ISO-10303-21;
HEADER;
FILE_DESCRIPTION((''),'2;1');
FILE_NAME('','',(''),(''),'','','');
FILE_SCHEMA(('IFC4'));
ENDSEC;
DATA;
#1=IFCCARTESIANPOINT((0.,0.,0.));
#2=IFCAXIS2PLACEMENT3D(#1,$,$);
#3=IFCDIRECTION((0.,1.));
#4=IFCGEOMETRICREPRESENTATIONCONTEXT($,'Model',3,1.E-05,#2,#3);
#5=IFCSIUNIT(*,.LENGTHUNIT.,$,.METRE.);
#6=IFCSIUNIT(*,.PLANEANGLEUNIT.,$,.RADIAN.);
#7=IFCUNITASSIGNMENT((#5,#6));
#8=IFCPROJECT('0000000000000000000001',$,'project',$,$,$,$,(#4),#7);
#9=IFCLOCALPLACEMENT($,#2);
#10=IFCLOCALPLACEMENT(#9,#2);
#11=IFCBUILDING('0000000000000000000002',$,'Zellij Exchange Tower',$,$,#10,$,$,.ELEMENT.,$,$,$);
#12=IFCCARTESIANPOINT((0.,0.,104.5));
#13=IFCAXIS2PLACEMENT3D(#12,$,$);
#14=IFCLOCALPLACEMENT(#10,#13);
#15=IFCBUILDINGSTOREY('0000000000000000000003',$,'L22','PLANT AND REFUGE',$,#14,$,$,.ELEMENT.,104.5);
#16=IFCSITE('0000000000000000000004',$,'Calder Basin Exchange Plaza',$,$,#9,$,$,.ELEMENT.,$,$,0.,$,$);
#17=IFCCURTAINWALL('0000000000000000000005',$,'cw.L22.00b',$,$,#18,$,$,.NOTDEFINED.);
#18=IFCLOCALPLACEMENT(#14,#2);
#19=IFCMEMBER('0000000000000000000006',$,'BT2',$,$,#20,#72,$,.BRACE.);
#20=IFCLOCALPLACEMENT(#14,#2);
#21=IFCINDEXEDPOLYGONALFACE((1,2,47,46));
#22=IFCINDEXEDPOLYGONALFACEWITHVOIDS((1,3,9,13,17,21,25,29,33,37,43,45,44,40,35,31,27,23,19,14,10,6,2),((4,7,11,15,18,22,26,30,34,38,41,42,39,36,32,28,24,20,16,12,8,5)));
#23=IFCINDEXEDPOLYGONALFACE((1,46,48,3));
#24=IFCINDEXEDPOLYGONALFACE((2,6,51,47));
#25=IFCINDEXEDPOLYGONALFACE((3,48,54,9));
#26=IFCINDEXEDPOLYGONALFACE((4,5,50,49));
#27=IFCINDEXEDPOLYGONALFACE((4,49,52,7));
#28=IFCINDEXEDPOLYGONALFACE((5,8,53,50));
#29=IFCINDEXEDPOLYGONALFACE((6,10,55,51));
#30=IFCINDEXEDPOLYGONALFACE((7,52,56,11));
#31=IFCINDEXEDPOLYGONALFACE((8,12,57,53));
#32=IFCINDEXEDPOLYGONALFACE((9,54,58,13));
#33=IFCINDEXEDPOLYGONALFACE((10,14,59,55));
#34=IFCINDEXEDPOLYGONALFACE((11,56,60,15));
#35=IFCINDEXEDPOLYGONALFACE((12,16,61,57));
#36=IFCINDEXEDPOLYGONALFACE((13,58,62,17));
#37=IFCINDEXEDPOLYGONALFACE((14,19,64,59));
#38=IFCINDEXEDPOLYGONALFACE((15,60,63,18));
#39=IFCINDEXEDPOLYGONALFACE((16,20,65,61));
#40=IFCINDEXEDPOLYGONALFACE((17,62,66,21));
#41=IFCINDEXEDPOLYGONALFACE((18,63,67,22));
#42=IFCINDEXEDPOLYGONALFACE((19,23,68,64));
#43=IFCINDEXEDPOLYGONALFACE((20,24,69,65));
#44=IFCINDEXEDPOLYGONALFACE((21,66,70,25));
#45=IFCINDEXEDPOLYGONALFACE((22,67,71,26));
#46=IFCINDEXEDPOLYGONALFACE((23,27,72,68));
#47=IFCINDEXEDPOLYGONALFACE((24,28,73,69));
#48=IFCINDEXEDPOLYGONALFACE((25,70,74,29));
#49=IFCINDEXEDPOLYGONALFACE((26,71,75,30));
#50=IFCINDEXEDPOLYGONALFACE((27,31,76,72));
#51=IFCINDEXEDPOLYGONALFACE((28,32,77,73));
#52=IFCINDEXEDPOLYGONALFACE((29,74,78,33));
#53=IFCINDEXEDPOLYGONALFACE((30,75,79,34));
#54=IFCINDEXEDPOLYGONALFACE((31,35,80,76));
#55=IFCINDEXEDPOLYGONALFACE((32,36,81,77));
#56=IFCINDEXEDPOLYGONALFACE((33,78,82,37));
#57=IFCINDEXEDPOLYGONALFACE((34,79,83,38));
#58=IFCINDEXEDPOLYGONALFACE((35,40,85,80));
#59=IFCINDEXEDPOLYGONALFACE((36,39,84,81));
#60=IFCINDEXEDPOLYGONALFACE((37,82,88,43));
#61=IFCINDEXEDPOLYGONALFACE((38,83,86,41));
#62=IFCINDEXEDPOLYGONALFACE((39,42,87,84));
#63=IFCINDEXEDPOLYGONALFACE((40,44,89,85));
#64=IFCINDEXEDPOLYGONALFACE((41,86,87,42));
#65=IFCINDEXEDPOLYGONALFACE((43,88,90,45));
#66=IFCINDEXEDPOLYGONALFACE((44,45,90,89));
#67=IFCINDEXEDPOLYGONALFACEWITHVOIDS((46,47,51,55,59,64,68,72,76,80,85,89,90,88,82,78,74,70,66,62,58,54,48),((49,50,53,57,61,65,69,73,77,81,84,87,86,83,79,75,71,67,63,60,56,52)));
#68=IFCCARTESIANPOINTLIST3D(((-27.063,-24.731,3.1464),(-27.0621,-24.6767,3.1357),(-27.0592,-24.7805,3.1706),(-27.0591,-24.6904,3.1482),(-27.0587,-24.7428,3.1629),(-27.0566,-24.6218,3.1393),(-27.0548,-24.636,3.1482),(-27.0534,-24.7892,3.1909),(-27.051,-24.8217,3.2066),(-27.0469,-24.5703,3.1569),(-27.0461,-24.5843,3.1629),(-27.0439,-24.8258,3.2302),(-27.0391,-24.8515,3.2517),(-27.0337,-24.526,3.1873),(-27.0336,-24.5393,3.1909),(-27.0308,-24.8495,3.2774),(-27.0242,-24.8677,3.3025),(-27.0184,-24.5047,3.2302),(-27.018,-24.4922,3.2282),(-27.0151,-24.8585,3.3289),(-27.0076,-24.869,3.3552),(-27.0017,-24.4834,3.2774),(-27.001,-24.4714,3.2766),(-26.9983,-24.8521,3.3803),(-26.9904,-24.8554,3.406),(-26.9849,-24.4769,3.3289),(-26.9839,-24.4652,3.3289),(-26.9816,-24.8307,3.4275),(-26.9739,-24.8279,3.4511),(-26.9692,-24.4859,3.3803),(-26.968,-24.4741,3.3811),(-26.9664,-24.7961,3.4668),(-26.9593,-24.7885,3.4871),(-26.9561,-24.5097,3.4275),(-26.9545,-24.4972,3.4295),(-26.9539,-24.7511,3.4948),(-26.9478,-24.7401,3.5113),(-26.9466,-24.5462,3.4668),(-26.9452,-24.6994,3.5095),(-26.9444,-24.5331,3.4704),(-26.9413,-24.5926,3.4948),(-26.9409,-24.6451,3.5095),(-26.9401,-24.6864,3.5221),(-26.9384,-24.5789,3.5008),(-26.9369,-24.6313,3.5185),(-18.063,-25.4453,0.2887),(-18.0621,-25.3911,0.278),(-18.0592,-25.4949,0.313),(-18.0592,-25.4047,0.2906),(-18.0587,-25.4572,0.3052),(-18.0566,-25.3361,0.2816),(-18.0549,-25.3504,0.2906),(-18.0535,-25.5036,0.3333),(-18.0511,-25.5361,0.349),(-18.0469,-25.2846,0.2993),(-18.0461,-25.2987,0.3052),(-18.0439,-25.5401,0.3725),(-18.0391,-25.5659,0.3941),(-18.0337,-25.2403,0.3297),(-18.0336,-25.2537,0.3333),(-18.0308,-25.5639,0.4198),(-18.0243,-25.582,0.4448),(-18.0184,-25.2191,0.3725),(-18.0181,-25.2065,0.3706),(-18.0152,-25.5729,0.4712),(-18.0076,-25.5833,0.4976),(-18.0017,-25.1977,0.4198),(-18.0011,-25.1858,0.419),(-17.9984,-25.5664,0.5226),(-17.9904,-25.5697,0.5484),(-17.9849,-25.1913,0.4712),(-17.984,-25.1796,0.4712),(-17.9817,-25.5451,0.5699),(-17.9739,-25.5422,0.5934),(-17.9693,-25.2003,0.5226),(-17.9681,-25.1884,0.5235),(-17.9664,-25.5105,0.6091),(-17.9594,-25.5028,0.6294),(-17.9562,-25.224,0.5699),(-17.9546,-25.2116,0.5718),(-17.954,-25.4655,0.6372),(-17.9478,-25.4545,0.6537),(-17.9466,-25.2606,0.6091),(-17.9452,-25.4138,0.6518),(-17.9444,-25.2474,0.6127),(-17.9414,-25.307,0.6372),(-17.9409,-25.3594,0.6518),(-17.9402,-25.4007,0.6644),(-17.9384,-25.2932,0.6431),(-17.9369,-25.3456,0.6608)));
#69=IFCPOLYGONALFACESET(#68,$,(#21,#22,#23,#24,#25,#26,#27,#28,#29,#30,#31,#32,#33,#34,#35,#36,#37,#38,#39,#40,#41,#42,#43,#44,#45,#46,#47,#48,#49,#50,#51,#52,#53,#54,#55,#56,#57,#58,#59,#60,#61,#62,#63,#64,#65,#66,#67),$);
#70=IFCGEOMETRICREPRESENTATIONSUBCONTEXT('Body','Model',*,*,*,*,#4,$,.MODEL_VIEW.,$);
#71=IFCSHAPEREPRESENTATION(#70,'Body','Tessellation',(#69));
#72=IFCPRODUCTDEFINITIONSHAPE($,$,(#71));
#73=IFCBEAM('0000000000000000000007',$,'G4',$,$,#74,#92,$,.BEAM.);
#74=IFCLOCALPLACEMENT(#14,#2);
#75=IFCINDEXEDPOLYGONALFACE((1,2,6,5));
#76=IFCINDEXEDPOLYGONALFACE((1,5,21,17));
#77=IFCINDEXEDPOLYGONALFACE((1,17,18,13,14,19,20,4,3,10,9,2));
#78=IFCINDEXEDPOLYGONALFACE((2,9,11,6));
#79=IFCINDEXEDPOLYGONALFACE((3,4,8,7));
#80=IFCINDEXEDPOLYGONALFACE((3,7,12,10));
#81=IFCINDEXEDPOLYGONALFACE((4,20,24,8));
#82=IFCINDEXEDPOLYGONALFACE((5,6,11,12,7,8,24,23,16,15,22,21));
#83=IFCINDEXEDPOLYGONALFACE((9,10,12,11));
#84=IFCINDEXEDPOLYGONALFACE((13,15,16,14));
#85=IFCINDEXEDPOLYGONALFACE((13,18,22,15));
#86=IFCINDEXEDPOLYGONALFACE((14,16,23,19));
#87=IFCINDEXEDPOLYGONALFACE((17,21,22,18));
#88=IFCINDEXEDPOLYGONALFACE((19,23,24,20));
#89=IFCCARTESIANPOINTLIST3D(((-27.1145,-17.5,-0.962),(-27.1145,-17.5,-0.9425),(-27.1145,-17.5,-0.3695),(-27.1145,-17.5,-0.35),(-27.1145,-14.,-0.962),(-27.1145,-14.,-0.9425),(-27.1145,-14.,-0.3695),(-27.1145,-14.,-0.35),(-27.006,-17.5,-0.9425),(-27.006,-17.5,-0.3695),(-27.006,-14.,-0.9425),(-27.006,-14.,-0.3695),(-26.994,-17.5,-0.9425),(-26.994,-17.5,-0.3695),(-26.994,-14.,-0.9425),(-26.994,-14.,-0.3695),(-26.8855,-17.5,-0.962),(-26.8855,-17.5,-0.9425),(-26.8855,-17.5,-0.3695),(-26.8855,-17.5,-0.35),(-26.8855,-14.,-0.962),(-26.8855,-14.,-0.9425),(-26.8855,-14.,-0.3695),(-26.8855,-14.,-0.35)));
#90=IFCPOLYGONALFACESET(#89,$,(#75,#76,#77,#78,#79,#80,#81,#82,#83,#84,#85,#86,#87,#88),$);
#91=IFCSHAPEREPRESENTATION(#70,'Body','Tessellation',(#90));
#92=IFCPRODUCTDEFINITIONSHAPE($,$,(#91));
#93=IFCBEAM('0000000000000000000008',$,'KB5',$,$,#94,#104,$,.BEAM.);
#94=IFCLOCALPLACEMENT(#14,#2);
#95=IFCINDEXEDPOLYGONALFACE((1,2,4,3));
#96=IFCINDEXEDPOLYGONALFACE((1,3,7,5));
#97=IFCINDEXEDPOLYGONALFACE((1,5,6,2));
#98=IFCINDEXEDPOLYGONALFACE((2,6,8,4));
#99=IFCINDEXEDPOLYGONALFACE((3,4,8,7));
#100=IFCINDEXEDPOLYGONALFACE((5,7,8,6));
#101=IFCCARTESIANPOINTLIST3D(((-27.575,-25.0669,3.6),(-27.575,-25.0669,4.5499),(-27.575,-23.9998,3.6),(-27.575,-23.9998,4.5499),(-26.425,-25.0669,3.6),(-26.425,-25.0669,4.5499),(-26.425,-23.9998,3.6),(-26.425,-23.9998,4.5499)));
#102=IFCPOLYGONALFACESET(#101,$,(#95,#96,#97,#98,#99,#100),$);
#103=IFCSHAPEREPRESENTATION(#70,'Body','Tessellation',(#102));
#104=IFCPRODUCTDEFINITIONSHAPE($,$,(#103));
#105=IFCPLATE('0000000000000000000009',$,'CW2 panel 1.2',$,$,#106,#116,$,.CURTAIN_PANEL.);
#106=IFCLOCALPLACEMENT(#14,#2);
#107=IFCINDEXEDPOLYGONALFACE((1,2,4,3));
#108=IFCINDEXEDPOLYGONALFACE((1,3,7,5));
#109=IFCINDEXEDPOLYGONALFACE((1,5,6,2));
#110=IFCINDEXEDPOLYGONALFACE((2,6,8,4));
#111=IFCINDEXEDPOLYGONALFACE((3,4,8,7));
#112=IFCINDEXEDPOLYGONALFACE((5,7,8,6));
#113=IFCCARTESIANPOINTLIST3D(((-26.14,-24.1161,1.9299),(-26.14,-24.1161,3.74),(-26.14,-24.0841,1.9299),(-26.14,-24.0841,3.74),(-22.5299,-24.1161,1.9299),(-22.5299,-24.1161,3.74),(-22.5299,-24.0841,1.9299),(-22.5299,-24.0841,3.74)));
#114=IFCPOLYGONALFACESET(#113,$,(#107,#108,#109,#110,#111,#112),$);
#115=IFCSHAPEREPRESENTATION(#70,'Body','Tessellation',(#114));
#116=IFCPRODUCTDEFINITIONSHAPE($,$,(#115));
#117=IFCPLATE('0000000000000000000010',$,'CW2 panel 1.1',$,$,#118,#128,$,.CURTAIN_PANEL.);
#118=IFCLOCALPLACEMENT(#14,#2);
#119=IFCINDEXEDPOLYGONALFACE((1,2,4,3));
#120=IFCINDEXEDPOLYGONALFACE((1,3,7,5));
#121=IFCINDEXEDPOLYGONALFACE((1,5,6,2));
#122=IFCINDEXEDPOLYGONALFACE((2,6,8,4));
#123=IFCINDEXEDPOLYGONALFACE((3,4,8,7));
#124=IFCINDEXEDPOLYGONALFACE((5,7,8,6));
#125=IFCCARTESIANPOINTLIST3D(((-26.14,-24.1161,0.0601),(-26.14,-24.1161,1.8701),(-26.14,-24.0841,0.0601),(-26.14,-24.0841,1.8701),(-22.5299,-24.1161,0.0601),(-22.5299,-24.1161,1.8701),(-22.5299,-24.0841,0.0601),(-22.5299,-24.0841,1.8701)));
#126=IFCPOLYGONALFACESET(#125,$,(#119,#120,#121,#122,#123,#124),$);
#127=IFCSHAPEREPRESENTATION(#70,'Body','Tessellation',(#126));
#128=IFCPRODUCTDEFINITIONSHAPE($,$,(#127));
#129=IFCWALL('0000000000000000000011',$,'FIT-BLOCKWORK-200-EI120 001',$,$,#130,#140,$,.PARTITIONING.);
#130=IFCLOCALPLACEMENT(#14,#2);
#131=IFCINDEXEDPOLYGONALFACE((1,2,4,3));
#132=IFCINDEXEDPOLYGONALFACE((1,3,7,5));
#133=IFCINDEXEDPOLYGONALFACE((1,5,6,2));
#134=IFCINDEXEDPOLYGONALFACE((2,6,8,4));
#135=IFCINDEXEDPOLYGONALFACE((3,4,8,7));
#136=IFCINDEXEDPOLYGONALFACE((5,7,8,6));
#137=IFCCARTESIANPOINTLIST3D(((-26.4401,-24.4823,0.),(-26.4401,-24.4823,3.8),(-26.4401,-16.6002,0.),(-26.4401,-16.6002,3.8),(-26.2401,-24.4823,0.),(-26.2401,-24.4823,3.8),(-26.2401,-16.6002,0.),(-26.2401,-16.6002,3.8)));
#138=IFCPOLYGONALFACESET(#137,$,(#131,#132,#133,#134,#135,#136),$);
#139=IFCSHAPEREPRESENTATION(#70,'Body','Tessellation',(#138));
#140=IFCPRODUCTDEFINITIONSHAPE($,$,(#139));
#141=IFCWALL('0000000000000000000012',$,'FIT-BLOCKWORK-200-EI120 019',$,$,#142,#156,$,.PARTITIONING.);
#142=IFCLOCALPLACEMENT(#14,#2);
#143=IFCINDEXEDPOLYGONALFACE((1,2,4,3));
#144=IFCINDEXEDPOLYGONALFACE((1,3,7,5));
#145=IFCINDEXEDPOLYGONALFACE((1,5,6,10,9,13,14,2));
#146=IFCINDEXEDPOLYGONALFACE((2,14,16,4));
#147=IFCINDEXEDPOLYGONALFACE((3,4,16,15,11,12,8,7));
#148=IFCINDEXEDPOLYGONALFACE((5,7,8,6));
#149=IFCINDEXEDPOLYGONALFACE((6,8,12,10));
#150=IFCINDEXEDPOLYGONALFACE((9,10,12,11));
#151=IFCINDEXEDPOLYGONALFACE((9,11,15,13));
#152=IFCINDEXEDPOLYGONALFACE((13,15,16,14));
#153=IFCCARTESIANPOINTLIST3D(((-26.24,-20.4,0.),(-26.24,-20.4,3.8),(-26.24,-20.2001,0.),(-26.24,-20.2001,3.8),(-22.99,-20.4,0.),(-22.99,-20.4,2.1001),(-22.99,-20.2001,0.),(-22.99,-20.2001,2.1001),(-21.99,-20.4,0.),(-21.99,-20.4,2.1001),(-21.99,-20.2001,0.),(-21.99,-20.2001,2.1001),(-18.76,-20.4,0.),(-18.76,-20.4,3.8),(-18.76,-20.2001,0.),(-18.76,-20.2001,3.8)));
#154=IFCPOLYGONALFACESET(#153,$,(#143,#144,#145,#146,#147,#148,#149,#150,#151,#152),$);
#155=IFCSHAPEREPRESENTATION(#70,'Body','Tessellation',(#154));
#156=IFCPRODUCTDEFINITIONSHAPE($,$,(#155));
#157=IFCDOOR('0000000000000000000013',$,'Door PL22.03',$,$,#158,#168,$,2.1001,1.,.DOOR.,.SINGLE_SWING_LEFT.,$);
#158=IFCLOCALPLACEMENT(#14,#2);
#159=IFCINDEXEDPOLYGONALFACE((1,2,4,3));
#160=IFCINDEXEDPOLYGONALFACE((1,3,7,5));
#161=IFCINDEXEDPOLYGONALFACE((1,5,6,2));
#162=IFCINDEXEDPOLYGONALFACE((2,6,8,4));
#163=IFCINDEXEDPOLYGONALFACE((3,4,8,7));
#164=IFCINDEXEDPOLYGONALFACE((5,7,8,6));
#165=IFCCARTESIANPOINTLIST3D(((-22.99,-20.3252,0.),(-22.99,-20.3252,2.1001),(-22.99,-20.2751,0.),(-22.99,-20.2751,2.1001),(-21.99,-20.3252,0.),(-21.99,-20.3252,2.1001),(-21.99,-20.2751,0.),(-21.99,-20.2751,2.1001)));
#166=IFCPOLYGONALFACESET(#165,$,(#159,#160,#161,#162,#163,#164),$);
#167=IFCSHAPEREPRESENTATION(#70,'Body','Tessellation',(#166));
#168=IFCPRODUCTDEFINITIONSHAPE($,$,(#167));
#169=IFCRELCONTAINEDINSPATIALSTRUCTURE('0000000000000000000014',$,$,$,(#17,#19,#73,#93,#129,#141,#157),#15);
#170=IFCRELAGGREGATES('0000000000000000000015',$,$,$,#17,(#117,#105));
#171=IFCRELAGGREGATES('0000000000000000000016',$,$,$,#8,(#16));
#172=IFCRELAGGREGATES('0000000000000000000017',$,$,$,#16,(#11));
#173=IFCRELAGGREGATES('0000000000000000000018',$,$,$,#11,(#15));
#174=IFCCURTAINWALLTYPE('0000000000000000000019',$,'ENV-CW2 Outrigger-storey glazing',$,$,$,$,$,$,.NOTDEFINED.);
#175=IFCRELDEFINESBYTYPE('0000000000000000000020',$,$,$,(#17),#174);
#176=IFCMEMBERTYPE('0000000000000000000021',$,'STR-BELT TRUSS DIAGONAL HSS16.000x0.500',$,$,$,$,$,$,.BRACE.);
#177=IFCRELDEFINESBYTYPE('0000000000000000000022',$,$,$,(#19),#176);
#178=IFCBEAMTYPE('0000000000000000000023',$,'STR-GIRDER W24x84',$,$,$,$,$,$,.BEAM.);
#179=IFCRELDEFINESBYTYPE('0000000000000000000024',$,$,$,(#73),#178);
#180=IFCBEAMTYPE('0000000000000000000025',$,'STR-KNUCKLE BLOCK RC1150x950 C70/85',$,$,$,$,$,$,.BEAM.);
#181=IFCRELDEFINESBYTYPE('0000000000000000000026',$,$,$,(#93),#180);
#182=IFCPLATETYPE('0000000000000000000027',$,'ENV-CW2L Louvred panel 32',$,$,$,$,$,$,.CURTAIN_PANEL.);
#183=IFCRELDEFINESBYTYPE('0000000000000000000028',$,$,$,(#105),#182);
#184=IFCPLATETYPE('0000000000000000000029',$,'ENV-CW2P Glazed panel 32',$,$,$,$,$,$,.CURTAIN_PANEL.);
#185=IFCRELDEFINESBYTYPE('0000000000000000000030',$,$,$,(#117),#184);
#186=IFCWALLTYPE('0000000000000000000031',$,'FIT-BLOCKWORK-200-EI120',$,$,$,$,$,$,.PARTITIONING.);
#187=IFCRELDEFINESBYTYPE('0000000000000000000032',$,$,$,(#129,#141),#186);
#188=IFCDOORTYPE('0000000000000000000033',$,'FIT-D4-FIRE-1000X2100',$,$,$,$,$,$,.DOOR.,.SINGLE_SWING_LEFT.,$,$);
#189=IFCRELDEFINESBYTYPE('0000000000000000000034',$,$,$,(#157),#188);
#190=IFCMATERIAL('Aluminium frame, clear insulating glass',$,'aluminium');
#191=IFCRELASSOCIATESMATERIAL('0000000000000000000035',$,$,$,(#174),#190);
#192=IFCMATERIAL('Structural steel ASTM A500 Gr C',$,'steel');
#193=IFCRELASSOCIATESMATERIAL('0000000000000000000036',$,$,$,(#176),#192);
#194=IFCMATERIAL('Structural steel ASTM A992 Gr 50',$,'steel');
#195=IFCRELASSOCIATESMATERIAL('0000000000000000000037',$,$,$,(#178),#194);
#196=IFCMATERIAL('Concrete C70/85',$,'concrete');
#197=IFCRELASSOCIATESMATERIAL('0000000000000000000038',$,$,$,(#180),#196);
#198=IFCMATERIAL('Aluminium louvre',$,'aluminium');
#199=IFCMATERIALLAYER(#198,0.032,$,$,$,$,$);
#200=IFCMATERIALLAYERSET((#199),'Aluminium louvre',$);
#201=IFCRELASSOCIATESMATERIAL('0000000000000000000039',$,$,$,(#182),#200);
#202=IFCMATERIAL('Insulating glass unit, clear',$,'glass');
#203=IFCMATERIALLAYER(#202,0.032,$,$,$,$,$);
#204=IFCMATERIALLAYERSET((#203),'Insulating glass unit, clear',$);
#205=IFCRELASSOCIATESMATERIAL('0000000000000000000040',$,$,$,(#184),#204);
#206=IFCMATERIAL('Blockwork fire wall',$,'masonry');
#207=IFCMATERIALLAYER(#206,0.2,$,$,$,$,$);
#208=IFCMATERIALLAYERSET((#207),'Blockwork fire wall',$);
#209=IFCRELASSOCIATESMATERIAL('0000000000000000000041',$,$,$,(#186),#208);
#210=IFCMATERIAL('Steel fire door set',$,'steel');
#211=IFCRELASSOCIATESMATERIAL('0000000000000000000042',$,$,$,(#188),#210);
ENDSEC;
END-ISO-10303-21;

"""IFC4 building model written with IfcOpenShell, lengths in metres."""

from ifc_helpers import new_model, si_unit, direction, frame, frame_2d, origin, origin_2d, place, context, subcontext, project, spatial, rectangle, hollow_circle, i_section, extrude, material, layer, layer_set, material_profile, profile_set, type_object, element, fill, aggregate, save


model = new_model("IFC4")

# Units and contexts
model_context = context("Model", 3, precision=1e-05, world=origin(), true_north=direction((0.0, 1.0)))
body_context = subcontext(model_context, "Body", "Model", "MODEL_VIEW")
ifc_project = project(units=[si_unit("LENGTHUNIT", "METRE"), si_unit("PLANEANGLEUNIT", "RADIAN")], contexts=[model_context])

# Site, building, storey
site_placement = place(None, origin())
site = spatial("IfcSite", under=ifc_project, at=site_placement, Name="Calder Basin Exchange Plaza", CompositionType="ELEMENT", RefElevation=0.0)
building_placement = place(site_placement, origin())
building = spatial("IfcBuilding", under=site, at=building_placement, Name="Zellij Exchange Tower", CompositionType="ELEMENT")
storey_placement = place(building_placement, frame((0.0, 0.0, 104.5)))
storey = spatial("IfcBuildingStorey", under=building, at=storey_placement, Name="L22", Description="PLANT AND REFUGE", CompositionType="ELEMENT", Elevation=104.5)

# Shared definitions
ifc_material_1 = material(Name="Concrete C70/85", Category="concrete")

# Curtain wall
ifc_material_2 = material(Name="Aluminium frame, clear insulating glass", Category="aluminium")
curtain_wall_type = type_object("IfcCurtainWallType", Name="ENV-CW2 Outrigger-storey glazing", PredefinedType="NOTDEFINED", material=ifc_material_2)
curtain_wall_placement = place(storey_placement, origin())
curtain_wall = element("IfcCurtainWall", 1, at=curtain_wall_placement, inside=storey, type_object=curtain_wall_type, Name="cw.L22.00b", PredefinedType="NOTDEFINED")

# Member
ifc_material_3 = material(Name="Structural steel ASTM A992 Gr 50", Category="steel")
ifc_material_4 = material(Name="Structural steel ASTM A500 Gr C", Category="steel")
ifc_material_profile_1 = material_profile(ifc_material_4, hollow_circle(Radius=0.2031, WallThickness=0.0117, at=origin_2d()), Name="STR-BELT TRUSS DIAGONAL HSS16.000x0.500")
ifc_profile_set_1 = profile_set([ifc_material_profile_1], Name="Structural steel ASTM A500 Gr C")
member_type_1 = type_object("IfcMemberType", Name="STR-BELT TRUSS DIAGONAL HSS16.000x0.500", PredefinedType="BRACE", material=ifc_profile_set_1)
member_1_placement = place(storey_placement, frame((-27.0, -24.6677, 3.3289), z_axis=(0.950393, -0.075435, -0.301767), x_axis=(0.079124, 0.996865, 0.0)))
element("IfcMember", 2, at=member_1_placement, inside=storey, type_object=member_type_1, Name="BT2", PredefinedType="BRACE", context=body_context, shape_type="SweptSolid", body=[
    extrude(hollow_circle(Radius=0.2031, WallThickness=0.0117, at=origin_2d()), origin(), (0.0, 0.0, 1.0), 9.4697),
])

# Beams
ifc_material_profile_2 = material_profile(ifc_material_3, i_section(OverallWidth=0.229, OverallDepth=0.6121, WebThickness=0.012, FlangeThickness=0.0195, at=origin_2d()), Name="W24x84")
ifc_profile_set_2 = profile_set([ifc_material_profile_2], Name="Structural steel ASTM A992 Gr 50")
beam_type_1 = type_object("IfcBeamType", Name="STR-GIRDER W24x84", PredefinedType="BEAM", material=ifc_profile_set_2)
beam_1_placement = place(storey_placement, frame((-27.0, -17.5, -0.656), z_axis=(0.0, 1.0, 0.0), x_axis=(-1.0, 0.0, 0.0)))
element("IfcBeam", 3, at=beam_1_placement, inside=storey, type_object=beam_type_1, Name="G4", PredefinedType="BEAM", context=body_context, shape_type="SweptSolid", body=[
    extrude(i_section(OverallWidth=0.229, OverallDepth=0.6121, WebThickness=0.012, FlangeThickness=0.0195, at=origin_2d()), origin(), (0.0, 0.0, 1.0), 3.5),
])
ifc_material_profile_3 = material_profile(ifc_material_1, rectangle(XDim=1.1499, YDim=0.95, at=origin_2d()), Name="STR-KNUCKLE BLOCK RC1150x950 C70/85")
ifc_profile_set_3 = profile_set([ifc_material_profile_3], Name="Concrete C70/85")
beam_type_2 = type_object("IfcBeamType", Name="STR-KNUCKLE BLOCK RC1150x950 C70/85", PredefinedType="BEAM", material=ifc_profile_set_3)
beam_2_placement = place(storey_placement, frame((-27.0, -25.0669, 4.075), z_axis=(0.0, 1.0, 0.0), x_axis=(-1.0, 0.0, 0.0)))
element("IfcBeam", 4, at=beam_2_placement, inside=storey, type_object=beam_type_2, Name="KB5", PredefinedType="BEAM", context=body_context, shape_type="SweptSolid", body=[
    extrude(rectangle(XDim=1.1499, YDim=0.95, at=origin_2d()), origin(), (0.0, 0.0, 1.0), 1.0671),
])

# Plates
ifc_material_5 = material(Name="Aluminium louvre", Category="aluminium")
ifc_layer_1 = layer(ifc_material_5, 0.032)
ifc_layer_set_1 = layer_set([ifc_layer_1], Name="Aluminium louvre")
plate_type_1 = type_object("IfcPlateType", Name="ENV-CW2L Louvred panel 32", PredefinedType="CURTAIN_PANEL", material=ifc_layer_set_1)
plate_1_placement = place(storey_placement, frame((-24.335, -24.1001, 1.9299), z_axis=(0.0, 0.0, 1.0), x_axis=(1.0, 0.0, 0.0)))
plate_1 = element("IfcPlate", 5, at=plate_1_placement, type_object=plate_type_1, Name="CW2 panel 1.2", PredefinedType="CURTAIN_PANEL", context=body_context, shape_type="SweptSolid", body=[
    extrude(rectangle(XDim=3.6101, YDim=0.032, at=origin_2d()), origin(), (0.0, 0.0, 1.0), 1.8101),
])
ifc_material_6 = material(Name="Insulating glass unit, clear", Category="glass")
ifc_layer_2 = layer(ifc_material_6, 0.032)
ifc_layer_set_2 = layer_set([ifc_layer_2], Name="Insulating glass unit, clear")
plate_type_2 = type_object("IfcPlateType", Name="ENV-CW2P Glazed panel 32", PredefinedType="CURTAIN_PANEL", material=ifc_layer_set_2)
plate_2_placement = place(storey_placement, frame((-24.335, -24.1001, 0.0601), z_axis=(0.0, 0.0, 1.0), x_axis=(1.0, 0.0, 0.0)))
plate_2 = element("IfcPlate", 6, at=plate_2_placement, type_object=plate_type_2, Name="CW2 panel 1.1", PredefinedType="CURTAIN_PANEL", context=body_context, shape_type="SweptSolid", body=[
    extrude(rectangle(XDim=3.6101, YDim=0.032, at=origin_2d()), origin(), (0.0, 0.0, 1.0), 1.8101),
])
aggregate(curtain_wall, [plate_2, plate_1])

# Wall
ifc_material_7 = material(Name="Blockwork fire wall", Category="masonry")
ifc_layer_3 = layer(ifc_material_7, 0.2)
ifc_layer_set_3 = layer_set([ifc_layer_3], Name="Blockwork fire wall")
wall_type_1 = type_object("IfcWallType", Name="FIT-BLOCKWORK-200-EI120", PredefinedType="PARTITIONING", material=ifc_layer_set_3)
wall_1_placement = place(storey_placement, frame((-26.3401, -24.4822, 0.0), z_axis=(0.0, 0.0, 1.0), x_axis=(0.0, 1.0, 0.0)))
element("IfcWall", 7, at=wall_1_placement, inside=storey, type_object=wall_type_1, Name="FIT-BLOCKWORK-200-EI120 001", PredefinedType="PARTITIONING", context=body_context, shape_type="SweptSolid", body=[
    extrude(rectangle(XDim=7.8821, YDim=0.2, at=frame_2d((3.9409, 0.0))), origin(), (0.0, 0.0, 1.0), 3.8),
])

# Wall, opening, door
wall_2_placement = place(storey_placement, frame((-26.24, -20.3, 0.0), z_axis=(0.0, 0.0, 1.0), x_axis=(1.0, 0.0, 0.0)))
wall_2 = element("IfcWall", 8, at=wall_2_placement, inside=storey, type_object=wall_type_1, Name="FIT-BLOCKWORK-200-EI120 019", PredefinedType="PARTITIONING", context=body_context, shape_type="SweptSolid", body=[
    extrude(rectangle(XDim=7.48, YDim=0.2, at=frame_2d((3.74, 0.0))), origin(), (0.0, 0.0, 1.0), 3.8),
])
opening_1_placement = place(wall_2_placement, frame((3.25, 0.0, 0.0)))
opening_1 = element("IfcOpeningElement", 9, at=opening_1_placement, cuts=wall_2, PredefinedType="OPENING", context=body_context, shape_type="SweptSolid", body=[
    extrude(rectangle(XDim=1.0, YDim=2.1001, at=frame_2d((0.5, 1.05))), frame((0.0, 0.1118, 0.0), z_axis=(0.0, -1.0, 0.0), x_axis=(1.0, 0.0, 0.0)), (0.0, 0.0, 1.0), 0.2239),
])
ifc_material_8 = material(Name="Steel fire door set", Category="steel")
door_type = type_object("IfcDoorType", Name="FIT-D4-FIRE-1000X2100", OperationType="SINGLE_SWING_LEFT", PredefinedType="DOOR", material=ifc_material_8)
door_1_placement = place(opening_1_placement, origin())
door_1 = element("IfcDoor", 10, at=door_1_placement, inside=storey, type_object=door_type, Name="Door PL22.03", OperationType="SINGLE_SWING_LEFT", OverallHeight=2.1001, OverallWidth=1.0, PredefinedType="DOOR", context=body_context, shape_type="SweptSolid", body=[
    extrude(rectangle(XDim=1.0, YDim=2.1001, at=frame_2d((0.5, 1.05))), frame((0.0, 0.0249, 0.0), z_axis=(0.0, -1.0, 0.0), x_axis=(1.0, 0.0, 0.0)), (0.0, 0.0, 1.0), 0.05),
])
fill(opening_1, door_1)

save(model, "model.ifc")
